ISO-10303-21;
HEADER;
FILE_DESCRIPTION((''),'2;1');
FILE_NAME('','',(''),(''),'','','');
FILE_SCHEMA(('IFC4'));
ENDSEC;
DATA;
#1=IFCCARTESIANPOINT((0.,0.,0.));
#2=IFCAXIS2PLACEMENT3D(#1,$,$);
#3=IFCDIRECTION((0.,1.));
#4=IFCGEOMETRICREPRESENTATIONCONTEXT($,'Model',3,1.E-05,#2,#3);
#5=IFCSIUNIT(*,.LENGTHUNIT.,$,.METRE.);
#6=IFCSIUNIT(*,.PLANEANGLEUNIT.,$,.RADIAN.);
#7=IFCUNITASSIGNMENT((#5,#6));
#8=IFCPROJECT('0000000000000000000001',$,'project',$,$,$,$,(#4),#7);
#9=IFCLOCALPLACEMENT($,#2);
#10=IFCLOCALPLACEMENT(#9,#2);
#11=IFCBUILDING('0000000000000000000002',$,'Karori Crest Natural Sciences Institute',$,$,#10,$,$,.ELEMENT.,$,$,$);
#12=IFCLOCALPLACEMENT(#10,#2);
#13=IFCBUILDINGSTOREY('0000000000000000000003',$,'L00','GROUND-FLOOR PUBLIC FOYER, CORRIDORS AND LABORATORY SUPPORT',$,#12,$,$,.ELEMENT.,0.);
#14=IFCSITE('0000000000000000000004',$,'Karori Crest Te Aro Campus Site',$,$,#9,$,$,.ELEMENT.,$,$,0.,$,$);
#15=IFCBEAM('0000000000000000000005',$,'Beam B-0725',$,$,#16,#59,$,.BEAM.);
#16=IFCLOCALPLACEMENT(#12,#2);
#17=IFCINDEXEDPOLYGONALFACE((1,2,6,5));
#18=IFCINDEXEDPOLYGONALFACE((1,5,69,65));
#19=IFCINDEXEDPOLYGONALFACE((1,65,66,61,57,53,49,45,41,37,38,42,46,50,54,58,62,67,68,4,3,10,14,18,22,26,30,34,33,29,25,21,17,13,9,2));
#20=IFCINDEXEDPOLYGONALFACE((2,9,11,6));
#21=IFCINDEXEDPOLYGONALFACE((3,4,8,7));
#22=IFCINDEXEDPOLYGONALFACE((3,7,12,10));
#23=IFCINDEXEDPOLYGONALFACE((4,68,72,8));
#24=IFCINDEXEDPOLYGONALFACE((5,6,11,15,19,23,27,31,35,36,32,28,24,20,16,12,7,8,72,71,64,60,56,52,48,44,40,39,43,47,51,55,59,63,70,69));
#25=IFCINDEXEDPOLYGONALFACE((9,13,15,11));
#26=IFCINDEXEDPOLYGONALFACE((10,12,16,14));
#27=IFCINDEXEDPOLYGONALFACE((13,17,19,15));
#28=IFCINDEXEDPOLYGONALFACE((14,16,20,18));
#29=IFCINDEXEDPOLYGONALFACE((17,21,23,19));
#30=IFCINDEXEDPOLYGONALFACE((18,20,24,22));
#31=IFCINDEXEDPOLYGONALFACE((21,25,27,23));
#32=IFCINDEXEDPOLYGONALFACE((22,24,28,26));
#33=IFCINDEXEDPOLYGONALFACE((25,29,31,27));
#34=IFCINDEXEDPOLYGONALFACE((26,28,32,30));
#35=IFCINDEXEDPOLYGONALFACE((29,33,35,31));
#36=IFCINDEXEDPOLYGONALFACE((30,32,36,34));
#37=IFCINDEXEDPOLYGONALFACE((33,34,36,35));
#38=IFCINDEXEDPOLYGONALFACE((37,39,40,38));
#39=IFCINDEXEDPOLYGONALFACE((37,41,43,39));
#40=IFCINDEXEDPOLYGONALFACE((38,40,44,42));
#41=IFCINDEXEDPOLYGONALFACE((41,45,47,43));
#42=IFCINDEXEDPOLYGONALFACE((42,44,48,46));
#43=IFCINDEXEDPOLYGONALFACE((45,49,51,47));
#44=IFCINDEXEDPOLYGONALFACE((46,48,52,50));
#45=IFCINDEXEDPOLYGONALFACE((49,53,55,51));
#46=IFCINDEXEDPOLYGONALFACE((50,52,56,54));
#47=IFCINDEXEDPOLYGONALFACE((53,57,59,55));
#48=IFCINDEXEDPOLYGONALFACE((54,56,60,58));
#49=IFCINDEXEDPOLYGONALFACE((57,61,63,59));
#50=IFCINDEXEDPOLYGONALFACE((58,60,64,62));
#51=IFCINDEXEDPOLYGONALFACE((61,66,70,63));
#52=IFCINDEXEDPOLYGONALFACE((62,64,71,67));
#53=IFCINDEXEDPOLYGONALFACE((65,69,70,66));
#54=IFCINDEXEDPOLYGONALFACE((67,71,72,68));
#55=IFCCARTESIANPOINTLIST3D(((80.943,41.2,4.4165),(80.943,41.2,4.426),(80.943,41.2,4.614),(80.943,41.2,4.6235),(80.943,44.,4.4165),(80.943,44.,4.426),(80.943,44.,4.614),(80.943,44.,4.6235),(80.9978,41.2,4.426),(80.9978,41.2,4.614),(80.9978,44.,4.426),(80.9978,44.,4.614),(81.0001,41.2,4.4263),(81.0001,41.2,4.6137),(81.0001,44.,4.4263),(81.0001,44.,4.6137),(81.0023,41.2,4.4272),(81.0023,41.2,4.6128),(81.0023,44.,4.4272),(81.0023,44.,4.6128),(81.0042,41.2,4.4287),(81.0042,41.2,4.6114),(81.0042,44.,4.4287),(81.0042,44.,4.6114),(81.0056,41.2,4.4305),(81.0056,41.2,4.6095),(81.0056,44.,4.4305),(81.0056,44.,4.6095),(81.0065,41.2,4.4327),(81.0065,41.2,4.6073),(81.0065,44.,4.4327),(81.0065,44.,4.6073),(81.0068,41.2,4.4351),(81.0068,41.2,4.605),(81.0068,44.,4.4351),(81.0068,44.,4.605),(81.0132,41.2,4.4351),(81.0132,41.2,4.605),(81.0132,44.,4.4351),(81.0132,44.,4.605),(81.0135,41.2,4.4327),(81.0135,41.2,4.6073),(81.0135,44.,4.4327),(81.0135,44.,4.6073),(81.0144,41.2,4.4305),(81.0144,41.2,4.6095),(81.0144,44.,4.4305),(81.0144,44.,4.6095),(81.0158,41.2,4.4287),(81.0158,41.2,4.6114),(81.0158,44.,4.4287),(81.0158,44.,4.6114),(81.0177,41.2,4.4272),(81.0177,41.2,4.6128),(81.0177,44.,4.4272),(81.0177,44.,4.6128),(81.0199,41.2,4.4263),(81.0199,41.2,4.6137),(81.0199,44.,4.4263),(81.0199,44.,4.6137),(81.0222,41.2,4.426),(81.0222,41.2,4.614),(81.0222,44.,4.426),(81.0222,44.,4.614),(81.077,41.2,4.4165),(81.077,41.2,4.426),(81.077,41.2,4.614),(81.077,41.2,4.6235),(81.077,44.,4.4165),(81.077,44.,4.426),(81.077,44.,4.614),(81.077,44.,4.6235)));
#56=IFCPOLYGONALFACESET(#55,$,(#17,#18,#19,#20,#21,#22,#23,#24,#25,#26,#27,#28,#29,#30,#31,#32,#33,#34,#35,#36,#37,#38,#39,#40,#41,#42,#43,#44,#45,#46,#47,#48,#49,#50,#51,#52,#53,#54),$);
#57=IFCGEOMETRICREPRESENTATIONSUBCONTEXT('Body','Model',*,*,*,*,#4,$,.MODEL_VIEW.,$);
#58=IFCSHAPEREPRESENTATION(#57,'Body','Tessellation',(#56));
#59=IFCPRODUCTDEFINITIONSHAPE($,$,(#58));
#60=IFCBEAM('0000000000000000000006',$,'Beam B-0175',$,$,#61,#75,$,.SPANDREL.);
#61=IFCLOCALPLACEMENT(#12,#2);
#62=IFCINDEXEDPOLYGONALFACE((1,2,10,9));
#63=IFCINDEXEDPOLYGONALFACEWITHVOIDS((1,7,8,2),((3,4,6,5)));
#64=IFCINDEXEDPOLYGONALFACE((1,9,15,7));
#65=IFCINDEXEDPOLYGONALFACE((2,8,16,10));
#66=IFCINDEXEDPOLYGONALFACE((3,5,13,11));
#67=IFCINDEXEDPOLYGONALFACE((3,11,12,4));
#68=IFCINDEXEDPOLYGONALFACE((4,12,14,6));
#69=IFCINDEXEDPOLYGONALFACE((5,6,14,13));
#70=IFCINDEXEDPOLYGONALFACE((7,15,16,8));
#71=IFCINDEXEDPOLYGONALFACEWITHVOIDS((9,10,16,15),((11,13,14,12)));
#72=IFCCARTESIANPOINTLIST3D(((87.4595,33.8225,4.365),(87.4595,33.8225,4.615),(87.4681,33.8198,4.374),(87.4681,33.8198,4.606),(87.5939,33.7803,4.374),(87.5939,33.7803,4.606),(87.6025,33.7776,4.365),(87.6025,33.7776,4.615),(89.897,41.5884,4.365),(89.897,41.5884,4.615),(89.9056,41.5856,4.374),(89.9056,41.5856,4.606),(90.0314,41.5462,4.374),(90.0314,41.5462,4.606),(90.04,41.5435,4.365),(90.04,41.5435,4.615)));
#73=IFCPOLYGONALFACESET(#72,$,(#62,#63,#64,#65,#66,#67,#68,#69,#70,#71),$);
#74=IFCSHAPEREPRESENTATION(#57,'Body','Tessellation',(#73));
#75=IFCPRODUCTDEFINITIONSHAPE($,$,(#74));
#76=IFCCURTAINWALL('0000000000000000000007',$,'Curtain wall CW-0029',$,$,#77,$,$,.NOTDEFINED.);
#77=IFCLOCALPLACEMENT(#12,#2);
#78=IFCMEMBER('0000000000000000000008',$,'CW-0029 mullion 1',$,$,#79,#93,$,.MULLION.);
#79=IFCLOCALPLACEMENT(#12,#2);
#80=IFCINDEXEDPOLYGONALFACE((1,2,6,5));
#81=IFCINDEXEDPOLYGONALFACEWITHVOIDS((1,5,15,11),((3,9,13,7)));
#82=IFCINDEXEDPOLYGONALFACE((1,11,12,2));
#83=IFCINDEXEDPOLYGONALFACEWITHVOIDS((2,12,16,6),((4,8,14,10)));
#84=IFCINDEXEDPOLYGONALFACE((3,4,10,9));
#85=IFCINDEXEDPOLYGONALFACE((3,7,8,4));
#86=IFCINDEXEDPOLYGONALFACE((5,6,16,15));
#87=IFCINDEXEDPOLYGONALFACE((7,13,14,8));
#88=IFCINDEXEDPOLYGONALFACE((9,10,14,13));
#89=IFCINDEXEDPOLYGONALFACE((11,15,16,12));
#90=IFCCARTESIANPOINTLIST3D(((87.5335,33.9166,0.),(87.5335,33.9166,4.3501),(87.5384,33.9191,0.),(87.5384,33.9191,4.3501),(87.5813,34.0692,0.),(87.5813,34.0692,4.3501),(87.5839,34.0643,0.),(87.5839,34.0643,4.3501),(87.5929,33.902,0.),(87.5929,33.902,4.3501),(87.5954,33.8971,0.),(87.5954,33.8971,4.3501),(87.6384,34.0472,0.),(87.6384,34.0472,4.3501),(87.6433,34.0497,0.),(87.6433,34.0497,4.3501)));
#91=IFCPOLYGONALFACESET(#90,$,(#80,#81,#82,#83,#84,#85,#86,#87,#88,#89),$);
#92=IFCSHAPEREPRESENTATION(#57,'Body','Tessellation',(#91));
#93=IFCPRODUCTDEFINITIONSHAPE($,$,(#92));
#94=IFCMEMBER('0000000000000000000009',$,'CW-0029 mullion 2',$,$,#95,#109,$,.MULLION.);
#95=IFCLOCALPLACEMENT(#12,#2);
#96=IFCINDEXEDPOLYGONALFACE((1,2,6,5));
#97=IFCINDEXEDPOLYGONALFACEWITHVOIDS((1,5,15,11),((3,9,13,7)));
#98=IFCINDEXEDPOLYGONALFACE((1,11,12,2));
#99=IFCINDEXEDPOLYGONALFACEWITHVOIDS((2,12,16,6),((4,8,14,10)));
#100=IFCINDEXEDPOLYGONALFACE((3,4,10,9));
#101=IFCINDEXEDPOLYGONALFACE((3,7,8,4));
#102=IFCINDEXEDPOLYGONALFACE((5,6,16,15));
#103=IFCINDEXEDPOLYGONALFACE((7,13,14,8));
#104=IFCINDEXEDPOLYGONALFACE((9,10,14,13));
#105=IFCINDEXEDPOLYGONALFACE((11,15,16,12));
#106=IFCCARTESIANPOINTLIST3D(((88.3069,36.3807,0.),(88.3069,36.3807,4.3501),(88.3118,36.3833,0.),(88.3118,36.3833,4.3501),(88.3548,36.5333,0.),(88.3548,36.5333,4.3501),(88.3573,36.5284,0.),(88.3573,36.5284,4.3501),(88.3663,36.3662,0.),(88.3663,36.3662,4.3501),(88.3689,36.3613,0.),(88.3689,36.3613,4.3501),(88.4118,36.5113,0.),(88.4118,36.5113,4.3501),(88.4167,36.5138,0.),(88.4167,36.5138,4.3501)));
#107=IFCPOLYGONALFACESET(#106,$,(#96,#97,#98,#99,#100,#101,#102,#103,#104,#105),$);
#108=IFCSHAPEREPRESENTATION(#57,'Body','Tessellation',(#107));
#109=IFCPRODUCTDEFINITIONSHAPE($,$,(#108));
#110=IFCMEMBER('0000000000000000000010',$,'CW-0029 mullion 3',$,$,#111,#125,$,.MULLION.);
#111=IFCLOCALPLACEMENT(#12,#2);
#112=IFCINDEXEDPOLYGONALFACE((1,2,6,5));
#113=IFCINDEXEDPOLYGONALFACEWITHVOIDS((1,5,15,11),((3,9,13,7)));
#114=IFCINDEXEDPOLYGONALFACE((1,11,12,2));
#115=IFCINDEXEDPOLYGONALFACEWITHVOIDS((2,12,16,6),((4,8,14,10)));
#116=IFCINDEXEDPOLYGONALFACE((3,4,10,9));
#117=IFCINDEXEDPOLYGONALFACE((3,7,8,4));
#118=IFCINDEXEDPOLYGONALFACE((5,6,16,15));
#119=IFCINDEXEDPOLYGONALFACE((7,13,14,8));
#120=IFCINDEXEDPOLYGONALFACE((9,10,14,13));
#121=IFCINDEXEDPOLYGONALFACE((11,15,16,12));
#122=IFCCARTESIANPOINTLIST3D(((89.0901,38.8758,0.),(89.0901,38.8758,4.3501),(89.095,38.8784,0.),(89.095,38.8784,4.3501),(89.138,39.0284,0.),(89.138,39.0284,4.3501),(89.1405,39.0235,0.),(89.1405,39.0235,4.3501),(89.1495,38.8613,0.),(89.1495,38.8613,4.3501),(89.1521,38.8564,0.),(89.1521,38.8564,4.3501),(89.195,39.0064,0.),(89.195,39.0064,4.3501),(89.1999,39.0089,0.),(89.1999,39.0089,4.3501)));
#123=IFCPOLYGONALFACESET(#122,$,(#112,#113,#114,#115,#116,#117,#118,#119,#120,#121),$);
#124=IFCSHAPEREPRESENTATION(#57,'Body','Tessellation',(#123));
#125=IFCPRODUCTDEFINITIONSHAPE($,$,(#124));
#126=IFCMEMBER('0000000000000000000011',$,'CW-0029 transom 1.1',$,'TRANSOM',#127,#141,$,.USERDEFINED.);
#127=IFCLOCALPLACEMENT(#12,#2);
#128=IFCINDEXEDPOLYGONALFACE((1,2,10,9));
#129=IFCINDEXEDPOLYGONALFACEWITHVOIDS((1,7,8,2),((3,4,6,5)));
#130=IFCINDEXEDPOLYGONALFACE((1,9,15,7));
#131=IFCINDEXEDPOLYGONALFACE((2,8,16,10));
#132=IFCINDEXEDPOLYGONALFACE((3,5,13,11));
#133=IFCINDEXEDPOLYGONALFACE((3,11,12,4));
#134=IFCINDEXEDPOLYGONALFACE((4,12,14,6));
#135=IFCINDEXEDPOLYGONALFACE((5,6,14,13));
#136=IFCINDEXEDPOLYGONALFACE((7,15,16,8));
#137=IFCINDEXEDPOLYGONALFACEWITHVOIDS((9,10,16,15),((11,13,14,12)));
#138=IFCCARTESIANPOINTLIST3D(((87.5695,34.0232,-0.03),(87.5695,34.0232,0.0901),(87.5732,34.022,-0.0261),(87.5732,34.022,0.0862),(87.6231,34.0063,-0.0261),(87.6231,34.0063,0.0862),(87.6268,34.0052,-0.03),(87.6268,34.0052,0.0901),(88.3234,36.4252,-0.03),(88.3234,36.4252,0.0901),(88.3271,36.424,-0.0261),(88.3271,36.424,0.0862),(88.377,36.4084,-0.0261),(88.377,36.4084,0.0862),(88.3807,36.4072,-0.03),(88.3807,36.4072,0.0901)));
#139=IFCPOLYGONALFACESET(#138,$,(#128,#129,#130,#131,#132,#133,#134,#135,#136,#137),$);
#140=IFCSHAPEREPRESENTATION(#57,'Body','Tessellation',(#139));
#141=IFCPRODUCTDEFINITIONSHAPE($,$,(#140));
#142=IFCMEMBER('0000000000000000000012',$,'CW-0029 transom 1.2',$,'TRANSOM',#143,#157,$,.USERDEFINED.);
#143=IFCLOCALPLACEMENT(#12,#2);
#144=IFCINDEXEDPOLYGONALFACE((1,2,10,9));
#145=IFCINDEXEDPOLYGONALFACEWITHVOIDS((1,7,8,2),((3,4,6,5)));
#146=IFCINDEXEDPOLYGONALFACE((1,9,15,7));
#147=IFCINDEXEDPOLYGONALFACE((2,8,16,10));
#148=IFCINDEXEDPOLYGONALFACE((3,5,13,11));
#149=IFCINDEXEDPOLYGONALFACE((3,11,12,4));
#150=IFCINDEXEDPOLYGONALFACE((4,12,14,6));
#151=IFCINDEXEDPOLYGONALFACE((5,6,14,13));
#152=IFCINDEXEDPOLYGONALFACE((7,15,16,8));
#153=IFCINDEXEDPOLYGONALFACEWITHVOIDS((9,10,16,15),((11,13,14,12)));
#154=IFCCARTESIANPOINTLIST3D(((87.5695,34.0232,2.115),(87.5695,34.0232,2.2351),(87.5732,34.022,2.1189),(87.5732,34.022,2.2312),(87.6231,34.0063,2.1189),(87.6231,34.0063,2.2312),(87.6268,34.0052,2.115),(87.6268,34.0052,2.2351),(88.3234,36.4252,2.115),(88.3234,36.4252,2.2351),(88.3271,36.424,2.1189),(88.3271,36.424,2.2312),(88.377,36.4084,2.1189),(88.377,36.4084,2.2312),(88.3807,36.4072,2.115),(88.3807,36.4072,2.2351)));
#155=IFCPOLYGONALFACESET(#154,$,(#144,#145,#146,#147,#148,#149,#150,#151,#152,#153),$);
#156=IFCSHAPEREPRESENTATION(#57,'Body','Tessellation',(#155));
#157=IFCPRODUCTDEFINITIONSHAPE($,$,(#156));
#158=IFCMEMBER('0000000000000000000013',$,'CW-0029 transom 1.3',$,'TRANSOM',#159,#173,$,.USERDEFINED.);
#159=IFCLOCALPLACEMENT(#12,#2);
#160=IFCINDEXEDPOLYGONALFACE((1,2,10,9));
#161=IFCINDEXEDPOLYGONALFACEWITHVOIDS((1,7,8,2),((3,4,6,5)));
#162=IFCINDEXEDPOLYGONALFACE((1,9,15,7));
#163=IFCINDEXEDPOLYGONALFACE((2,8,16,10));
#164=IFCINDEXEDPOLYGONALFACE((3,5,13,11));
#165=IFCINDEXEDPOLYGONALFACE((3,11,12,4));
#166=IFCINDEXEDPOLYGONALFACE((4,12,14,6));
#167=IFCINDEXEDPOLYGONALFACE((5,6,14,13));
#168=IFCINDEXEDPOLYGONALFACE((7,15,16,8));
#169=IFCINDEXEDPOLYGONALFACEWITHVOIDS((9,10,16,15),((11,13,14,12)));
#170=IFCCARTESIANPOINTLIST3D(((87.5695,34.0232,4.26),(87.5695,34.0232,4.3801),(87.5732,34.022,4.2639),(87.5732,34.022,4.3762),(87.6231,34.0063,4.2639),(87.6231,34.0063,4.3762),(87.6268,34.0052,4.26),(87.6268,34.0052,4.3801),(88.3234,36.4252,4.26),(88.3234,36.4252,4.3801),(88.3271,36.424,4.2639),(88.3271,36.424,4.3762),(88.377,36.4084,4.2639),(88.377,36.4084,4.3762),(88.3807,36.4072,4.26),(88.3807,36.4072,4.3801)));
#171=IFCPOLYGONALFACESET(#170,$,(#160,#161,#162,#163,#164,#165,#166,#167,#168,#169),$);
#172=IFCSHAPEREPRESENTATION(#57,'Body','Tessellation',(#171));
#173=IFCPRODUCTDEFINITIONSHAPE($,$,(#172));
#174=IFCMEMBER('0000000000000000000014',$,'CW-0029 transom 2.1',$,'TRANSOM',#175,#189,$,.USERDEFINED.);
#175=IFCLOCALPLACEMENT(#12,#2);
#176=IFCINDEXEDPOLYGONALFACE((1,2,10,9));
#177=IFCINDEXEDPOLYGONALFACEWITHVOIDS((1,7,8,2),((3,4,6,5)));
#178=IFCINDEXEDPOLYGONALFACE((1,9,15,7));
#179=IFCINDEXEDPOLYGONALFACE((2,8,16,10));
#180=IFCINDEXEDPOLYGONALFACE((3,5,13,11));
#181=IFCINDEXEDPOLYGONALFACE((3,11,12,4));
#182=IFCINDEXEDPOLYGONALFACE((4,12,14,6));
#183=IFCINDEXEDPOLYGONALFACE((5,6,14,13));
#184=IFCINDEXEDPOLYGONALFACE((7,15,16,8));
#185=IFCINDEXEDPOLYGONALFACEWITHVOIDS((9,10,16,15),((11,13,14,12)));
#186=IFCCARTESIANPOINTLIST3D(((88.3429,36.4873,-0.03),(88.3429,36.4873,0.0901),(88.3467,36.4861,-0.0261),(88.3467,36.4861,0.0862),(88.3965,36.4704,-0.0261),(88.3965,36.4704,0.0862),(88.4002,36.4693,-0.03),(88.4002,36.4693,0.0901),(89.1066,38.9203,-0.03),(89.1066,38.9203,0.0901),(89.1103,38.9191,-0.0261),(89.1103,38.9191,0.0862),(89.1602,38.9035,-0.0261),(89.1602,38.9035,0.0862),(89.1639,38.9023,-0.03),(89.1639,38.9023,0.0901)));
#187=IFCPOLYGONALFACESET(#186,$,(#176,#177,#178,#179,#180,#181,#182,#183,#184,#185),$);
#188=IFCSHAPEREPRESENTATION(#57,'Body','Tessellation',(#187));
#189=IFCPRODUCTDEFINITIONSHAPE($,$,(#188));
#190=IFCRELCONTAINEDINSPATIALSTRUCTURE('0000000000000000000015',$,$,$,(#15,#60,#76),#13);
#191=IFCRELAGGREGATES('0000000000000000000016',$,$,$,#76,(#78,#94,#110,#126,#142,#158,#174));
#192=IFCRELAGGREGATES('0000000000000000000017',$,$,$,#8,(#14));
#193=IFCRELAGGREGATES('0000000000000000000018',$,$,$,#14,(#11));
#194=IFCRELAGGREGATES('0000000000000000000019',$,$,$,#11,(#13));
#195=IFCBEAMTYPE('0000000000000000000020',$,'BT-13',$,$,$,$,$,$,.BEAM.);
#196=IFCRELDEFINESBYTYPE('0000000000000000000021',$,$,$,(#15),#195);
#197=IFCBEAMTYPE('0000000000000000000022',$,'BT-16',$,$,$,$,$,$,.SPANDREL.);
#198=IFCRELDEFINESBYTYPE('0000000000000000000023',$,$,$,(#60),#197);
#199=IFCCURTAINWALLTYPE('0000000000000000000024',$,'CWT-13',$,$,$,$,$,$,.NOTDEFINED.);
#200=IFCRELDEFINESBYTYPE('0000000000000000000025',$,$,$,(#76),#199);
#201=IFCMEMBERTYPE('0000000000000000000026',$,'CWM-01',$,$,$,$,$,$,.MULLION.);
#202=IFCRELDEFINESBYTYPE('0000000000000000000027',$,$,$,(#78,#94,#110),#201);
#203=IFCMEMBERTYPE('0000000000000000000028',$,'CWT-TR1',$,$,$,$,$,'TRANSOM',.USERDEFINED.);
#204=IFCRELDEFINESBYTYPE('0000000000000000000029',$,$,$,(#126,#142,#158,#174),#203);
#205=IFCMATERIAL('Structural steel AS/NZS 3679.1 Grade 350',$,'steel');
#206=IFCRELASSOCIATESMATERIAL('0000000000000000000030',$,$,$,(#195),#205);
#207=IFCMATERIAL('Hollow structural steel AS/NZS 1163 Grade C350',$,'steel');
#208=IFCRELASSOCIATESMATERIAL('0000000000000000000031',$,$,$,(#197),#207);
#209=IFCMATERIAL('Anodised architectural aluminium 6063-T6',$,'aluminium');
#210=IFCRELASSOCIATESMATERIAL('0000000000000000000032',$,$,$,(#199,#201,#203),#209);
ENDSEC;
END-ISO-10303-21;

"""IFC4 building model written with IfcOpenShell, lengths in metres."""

from ifc_helpers import new_model, si_unit, direction, frame, origin, origin_2d, place, context, subcontext, project, spatial, hollow_rectangle, i_section, extrude, material, material_profile, profile_set, type_object, element, aggregate, save


model = new_model("IFC4")

# Units and contexts
model_context = context("Model", 3, precision=1e-05, world=origin(), true_north=direction((0.0, 1.0)))
body_context = subcontext(model_context, "Body", "Model", "MODEL_VIEW")
ifc_project = project(units=[si_unit("LENGTHUNIT", "METRE"), si_unit("PLANEANGLEUNIT", "RADIAN")], contexts=[model_context])

# Site, building, storey
site_placement = place(None, origin())
site = spatial("IfcSite", under=ifc_project, at=site_placement, Name="Karori Crest Te Aro Campus Site", CompositionType="ELEMENT", RefElevation=0.0)
building_placement = place(site_placement, origin())
building = spatial("IfcBuilding", under=site, at=building_placement, Name="Karori Crest Natural Sciences Institute", CompositionType="ELEMENT")
storey_placement = place(building_placement, origin())
storey = spatial("IfcBuildingStorey", under=building, at=storey_placement, Name="L00", Description="GROUND-FLOOR PUBLIC FOYER, CORRIDORS AND LABORATORY SUPPORT", CompositionType="ELEMENT", Elevation=0.0)

# Shared definitions
ifc_material_1 = material(Name="Hollow structural steel AS/NZS 1163 Grade C350", Category="steel")
ifc_material_2 = material(Name="Structural steel AS/NZS 3679.1 Grade 350", Category="steel")

# Beams
ifc_material_profile_1 = material_profile(ifc_material_2, i_section(OverallWidth=0.134, OverallDepth=0.207, WebThickness=0.0063, FlangeThickness=0.0095, FilletRadius=0.009, at=origin_2d()), Name="200UB29.8")
ifc_profile_set_1 = profile_set([ifc_material_profile_1], Name="Structural steel AS/NZS 3679.1 Grade 350")
beam_type_1 = type_object("IfcBeamType", Name="BT-13", PredefinedType="BEAM", material=ifc_profile_set_1)
beam_1_placement = place(storey_placement, frame((81.01, 41.2, 4.52), z_axis=(0.0, 1.0, 0.0), x_axis=(-1.0, 0.0, 0.0)))
element("IfcBeam", 1, at=beam_1_placement, inside=storey, type_object=beam_type_1, Name="Beam B-0725", PredefinedType="BEAM", context=body_context, shape_type="SweptSolid", body=[
    extrude(i_section(OverallWidth=0.134, OverallDepth=0.207, WebThickness=0.0063, FlangeThickness=0.0095, FilletRadius=0.009, at=origin_2d()), origin(), (0.0, 0.0, 1.0), 2.8),
])
ifc_material_profile_2 = material_profile(ifc_material_1, hollow_rectangle(XDim=0.1499, YDim=0.25, WallThickness=0.009, at=origin_2d()), Name="RHS250x150x9")
ifc_profile_set_2 = profile_set([ifc_material_profile_2], Name="Hollow structural steel AS/NZS 1163 Grade C350")
beam_type_2 = type_object("IfcBeamType", Name="BT-16", PredefinedType="SPANDREL", material=ifc_profile_set_2)
beam_2_placement = place(storey_placement, frame((87.531, 33.8, 4.49), z_axis=(0.299469, 0.954106, 0.0), x_axis=(-0.954106, 0.299469, 0.0)))
element("IfcBeam", 2, at=beam_2_placement, inside=storey, type_object=beam_type_2, Name="Beam B-0175", PredefinedType="SPANDREL", context=body_context, shape_type="SweptSolid", body=[
    extrude(hollow_rectangle(XDim=0.1499, YDim=0.25, WallThickness=0.009, at=origin_2d()), origin(), (0.0, 0.0, 1.0), 8.1394),
])

# Curtain wall, members
ifc_material_3 = material(Name="Anodised architectural aluminium 6063-T6", Category="aluminium")
curtain_wall_type = type_object("IfcCurtainWallType", Name="CWT-13", PredefinedType="NOTDEFINED", material=ifc_material_3)
curtain_wall_placement = place(storey_placement, origin())
curtain_wall = element("IfcCurtainWall", 3, at=curtain_wall_placement, inside=storey, type_object=curtain_wall_type, Name="Curtain wall CW-0029", PredefinedType="NOTDEFINED")
ifc_material_profile_3 = material_profile(ifc_material_3, hollow_rectangle(XDim=0.0649, YDim=0.1599, WallThickness=0.0039, at=origin_2d()), Name="CWM160x65x4")
ifc_profile_set_3 = profile_set([ifc_material_profile_3], Name="Anodised architectural aluminium 6063-T6")
member_type_1 = type_object("IfcMemberType", Name="CWM-01", PredefinedType="MULLION", material=ifc_profile_set_3)
member_1_placement = place(storey_placement, frame((87.5884, 33.9832, 0.0), z_axis=(0.0, 0.0, 1.0), x_axis=(-0.954104, 0.299477, 0.0)))
member_1 = element("IfcMember", 4, at=member_1_placement, type_object=member_type_1, Name="CW-0029 mullion 1", PredefinedType="MULLION", context=body_context, shape_type="SweptSolid", body=[
    extrude(hollow_rectangle(XDim=0.0649, YDim=0.1599, WallThickness=0.0039, at=origin_2d()), origin(), (0.0, 0.0, 1.0), 4.3501),
])
member_2_placement = place(storey_placement, frame((88.3618, 36.4473, 0.0), z_axis=(0.0, 0.0, 1.0), x_axis=(-0.954104, 0.299477, 0.0)))
member_2 = element("IfcMember", 5, at=member_2_placement, type_object=member_type_1, Name="CW-0029 mullion 2", PredefinedType="MULLION", context=body_context, shape_type="SweptSolid", body=[
    extrude(hollow_rectangle(XDim=0.0649, YDim=0.1599, WallThickness=0.0039, at=origin_2d()), origin(), (0.0, 0.0, 1.0), 4.3501),
])
member_3_placement = place(storey_placement, frame((89.145, 38.9424, 0.0), z_axis=(0.0, 0.0, 1.0), x_axis=(-0.954104, 0.299477, 0.0)))
member_3 = element("IfcMember", 6, at=member_3_placement, type_object=member_type_1, Name="CW-0029 mullion 3", PredefinedType="MULLION", context=body_context, shape_type="SweptSolid", body=[
    extrude(hollow_rectangle(XDim=0.0649, YDim=0.1599, WallThickness=0.0039, at=origin_2d()), origin(), (0.0, 0.0, 1.0), 4.3501),
])
ifc_material_profile_4 = material_profile(ifc_material_3, hollow_rectangle(XDim=0.0601, YDim=0.1201, WallThickness=0.0039, at=origin_2d()), Name="CWT120x60x4")
ifc_profile_set_4 = profile_set([ifc_material_profile_4], Name="Anodised architectural aluminium 6063-T6")
member_type_2 = type_object("IfcMemberType", Name="CWT-TR1", ElementType="TRANSOM", PredefinedType="USERDEFINED", material=ifc_profile_set_4)
member_4_placement = place(storey_placement, frame((87.5981, 34.0142, 0.03), z_axis=(0.299451, 0.954112, 0.0), x_axis=(-0.954112, 0.299451, 0.0)))
member_4 = element("IfcMember", 7, at=member_4_placement, type_object=member_type_2, Name="CW-0029 transom 1.1", ObjectType="TRANSOM", PredefinedType="USERDEFINED", context=body_context, shape_type="SweptSolid", body=[
    extrude(hollow_rectangle(XDim=0.0601, YDim=0.1201, WallThickness=0.0039, at=origin_2d()), origin(), (0.0, 0.0, 1.0), 2.5176),
])
member_5_placement = place(storey_placement, frame((87.5981, 34.0142, 2.175), z_axis=(0.299451, 0.954112, 0.0), x_axis=(-0.954112, 0.299451, 0.0)))
member_5 = element("IfcMember", 8, at=member_5_placement, type_object=member_type_2, Name="CW-0029 transom 1.2", ObjectType="TRANSOM", PredefinedType="USERDEFINED", context=body_context, shape_type="SweptSolid", body=[
    extrude(hollow_rectangle(XDim=0.0601, YDim=0.1201, WallThickness=0.0039, at=origin_2d()), origin(), (0.0, 0.0, 1.0), 2.5176),
])
member_6_placement = place(storey_placement, frame((87.5981, 34.0142, 4.3201), z_axis=(0.299451, 0.954112, 0.0), x_axis=(-0.954112, 0.299451, 0.0)))
member_6 = element("IfcMember", 9, at=member_6_placement, type_object=member_type_2, Name="CW-0029 transom 1.3", ObjectType="TRANSOM", PredefinedType="USERDEFINED", context=body_context, shape_type="SweptSolid", body=[
    extrude(hollow_rectangle(XDim=0.0601, YDim=0.1201, WallThickness=0.0039, at=origin_2d()), origin(), (0.0, 0.0, 1.0), 2.5176),
])
member_7_placement = place(storey_placement, frame((88.3716, 36.4783, 0.03), z_axis=(0.299463, 0.954108, 0.0), x_axis=(-0.954108, 0.299463, 0.0)))
member_7 = element("IfcMember", 10, at=member_7_placement, type_object=member_type_2, Name="CW-0029 transom 2.1", ObjectType="TRANSOM", PredefinedType="USERDEFINED", context=body_context, shape_type="SweptSolid", body=[
    extrude(hollow_rectangle(XDim=0.0601, YDim=0.1201, WallThickness=0.0039, at=origin_2d()), origin(), (0.0, 0.0, 1.0), 2.55),
])

aggregate(curtain_wall, [member_1, member_2, member_3, member_4, member_5, member_6, member_7])

save(model, "model.ifc")
